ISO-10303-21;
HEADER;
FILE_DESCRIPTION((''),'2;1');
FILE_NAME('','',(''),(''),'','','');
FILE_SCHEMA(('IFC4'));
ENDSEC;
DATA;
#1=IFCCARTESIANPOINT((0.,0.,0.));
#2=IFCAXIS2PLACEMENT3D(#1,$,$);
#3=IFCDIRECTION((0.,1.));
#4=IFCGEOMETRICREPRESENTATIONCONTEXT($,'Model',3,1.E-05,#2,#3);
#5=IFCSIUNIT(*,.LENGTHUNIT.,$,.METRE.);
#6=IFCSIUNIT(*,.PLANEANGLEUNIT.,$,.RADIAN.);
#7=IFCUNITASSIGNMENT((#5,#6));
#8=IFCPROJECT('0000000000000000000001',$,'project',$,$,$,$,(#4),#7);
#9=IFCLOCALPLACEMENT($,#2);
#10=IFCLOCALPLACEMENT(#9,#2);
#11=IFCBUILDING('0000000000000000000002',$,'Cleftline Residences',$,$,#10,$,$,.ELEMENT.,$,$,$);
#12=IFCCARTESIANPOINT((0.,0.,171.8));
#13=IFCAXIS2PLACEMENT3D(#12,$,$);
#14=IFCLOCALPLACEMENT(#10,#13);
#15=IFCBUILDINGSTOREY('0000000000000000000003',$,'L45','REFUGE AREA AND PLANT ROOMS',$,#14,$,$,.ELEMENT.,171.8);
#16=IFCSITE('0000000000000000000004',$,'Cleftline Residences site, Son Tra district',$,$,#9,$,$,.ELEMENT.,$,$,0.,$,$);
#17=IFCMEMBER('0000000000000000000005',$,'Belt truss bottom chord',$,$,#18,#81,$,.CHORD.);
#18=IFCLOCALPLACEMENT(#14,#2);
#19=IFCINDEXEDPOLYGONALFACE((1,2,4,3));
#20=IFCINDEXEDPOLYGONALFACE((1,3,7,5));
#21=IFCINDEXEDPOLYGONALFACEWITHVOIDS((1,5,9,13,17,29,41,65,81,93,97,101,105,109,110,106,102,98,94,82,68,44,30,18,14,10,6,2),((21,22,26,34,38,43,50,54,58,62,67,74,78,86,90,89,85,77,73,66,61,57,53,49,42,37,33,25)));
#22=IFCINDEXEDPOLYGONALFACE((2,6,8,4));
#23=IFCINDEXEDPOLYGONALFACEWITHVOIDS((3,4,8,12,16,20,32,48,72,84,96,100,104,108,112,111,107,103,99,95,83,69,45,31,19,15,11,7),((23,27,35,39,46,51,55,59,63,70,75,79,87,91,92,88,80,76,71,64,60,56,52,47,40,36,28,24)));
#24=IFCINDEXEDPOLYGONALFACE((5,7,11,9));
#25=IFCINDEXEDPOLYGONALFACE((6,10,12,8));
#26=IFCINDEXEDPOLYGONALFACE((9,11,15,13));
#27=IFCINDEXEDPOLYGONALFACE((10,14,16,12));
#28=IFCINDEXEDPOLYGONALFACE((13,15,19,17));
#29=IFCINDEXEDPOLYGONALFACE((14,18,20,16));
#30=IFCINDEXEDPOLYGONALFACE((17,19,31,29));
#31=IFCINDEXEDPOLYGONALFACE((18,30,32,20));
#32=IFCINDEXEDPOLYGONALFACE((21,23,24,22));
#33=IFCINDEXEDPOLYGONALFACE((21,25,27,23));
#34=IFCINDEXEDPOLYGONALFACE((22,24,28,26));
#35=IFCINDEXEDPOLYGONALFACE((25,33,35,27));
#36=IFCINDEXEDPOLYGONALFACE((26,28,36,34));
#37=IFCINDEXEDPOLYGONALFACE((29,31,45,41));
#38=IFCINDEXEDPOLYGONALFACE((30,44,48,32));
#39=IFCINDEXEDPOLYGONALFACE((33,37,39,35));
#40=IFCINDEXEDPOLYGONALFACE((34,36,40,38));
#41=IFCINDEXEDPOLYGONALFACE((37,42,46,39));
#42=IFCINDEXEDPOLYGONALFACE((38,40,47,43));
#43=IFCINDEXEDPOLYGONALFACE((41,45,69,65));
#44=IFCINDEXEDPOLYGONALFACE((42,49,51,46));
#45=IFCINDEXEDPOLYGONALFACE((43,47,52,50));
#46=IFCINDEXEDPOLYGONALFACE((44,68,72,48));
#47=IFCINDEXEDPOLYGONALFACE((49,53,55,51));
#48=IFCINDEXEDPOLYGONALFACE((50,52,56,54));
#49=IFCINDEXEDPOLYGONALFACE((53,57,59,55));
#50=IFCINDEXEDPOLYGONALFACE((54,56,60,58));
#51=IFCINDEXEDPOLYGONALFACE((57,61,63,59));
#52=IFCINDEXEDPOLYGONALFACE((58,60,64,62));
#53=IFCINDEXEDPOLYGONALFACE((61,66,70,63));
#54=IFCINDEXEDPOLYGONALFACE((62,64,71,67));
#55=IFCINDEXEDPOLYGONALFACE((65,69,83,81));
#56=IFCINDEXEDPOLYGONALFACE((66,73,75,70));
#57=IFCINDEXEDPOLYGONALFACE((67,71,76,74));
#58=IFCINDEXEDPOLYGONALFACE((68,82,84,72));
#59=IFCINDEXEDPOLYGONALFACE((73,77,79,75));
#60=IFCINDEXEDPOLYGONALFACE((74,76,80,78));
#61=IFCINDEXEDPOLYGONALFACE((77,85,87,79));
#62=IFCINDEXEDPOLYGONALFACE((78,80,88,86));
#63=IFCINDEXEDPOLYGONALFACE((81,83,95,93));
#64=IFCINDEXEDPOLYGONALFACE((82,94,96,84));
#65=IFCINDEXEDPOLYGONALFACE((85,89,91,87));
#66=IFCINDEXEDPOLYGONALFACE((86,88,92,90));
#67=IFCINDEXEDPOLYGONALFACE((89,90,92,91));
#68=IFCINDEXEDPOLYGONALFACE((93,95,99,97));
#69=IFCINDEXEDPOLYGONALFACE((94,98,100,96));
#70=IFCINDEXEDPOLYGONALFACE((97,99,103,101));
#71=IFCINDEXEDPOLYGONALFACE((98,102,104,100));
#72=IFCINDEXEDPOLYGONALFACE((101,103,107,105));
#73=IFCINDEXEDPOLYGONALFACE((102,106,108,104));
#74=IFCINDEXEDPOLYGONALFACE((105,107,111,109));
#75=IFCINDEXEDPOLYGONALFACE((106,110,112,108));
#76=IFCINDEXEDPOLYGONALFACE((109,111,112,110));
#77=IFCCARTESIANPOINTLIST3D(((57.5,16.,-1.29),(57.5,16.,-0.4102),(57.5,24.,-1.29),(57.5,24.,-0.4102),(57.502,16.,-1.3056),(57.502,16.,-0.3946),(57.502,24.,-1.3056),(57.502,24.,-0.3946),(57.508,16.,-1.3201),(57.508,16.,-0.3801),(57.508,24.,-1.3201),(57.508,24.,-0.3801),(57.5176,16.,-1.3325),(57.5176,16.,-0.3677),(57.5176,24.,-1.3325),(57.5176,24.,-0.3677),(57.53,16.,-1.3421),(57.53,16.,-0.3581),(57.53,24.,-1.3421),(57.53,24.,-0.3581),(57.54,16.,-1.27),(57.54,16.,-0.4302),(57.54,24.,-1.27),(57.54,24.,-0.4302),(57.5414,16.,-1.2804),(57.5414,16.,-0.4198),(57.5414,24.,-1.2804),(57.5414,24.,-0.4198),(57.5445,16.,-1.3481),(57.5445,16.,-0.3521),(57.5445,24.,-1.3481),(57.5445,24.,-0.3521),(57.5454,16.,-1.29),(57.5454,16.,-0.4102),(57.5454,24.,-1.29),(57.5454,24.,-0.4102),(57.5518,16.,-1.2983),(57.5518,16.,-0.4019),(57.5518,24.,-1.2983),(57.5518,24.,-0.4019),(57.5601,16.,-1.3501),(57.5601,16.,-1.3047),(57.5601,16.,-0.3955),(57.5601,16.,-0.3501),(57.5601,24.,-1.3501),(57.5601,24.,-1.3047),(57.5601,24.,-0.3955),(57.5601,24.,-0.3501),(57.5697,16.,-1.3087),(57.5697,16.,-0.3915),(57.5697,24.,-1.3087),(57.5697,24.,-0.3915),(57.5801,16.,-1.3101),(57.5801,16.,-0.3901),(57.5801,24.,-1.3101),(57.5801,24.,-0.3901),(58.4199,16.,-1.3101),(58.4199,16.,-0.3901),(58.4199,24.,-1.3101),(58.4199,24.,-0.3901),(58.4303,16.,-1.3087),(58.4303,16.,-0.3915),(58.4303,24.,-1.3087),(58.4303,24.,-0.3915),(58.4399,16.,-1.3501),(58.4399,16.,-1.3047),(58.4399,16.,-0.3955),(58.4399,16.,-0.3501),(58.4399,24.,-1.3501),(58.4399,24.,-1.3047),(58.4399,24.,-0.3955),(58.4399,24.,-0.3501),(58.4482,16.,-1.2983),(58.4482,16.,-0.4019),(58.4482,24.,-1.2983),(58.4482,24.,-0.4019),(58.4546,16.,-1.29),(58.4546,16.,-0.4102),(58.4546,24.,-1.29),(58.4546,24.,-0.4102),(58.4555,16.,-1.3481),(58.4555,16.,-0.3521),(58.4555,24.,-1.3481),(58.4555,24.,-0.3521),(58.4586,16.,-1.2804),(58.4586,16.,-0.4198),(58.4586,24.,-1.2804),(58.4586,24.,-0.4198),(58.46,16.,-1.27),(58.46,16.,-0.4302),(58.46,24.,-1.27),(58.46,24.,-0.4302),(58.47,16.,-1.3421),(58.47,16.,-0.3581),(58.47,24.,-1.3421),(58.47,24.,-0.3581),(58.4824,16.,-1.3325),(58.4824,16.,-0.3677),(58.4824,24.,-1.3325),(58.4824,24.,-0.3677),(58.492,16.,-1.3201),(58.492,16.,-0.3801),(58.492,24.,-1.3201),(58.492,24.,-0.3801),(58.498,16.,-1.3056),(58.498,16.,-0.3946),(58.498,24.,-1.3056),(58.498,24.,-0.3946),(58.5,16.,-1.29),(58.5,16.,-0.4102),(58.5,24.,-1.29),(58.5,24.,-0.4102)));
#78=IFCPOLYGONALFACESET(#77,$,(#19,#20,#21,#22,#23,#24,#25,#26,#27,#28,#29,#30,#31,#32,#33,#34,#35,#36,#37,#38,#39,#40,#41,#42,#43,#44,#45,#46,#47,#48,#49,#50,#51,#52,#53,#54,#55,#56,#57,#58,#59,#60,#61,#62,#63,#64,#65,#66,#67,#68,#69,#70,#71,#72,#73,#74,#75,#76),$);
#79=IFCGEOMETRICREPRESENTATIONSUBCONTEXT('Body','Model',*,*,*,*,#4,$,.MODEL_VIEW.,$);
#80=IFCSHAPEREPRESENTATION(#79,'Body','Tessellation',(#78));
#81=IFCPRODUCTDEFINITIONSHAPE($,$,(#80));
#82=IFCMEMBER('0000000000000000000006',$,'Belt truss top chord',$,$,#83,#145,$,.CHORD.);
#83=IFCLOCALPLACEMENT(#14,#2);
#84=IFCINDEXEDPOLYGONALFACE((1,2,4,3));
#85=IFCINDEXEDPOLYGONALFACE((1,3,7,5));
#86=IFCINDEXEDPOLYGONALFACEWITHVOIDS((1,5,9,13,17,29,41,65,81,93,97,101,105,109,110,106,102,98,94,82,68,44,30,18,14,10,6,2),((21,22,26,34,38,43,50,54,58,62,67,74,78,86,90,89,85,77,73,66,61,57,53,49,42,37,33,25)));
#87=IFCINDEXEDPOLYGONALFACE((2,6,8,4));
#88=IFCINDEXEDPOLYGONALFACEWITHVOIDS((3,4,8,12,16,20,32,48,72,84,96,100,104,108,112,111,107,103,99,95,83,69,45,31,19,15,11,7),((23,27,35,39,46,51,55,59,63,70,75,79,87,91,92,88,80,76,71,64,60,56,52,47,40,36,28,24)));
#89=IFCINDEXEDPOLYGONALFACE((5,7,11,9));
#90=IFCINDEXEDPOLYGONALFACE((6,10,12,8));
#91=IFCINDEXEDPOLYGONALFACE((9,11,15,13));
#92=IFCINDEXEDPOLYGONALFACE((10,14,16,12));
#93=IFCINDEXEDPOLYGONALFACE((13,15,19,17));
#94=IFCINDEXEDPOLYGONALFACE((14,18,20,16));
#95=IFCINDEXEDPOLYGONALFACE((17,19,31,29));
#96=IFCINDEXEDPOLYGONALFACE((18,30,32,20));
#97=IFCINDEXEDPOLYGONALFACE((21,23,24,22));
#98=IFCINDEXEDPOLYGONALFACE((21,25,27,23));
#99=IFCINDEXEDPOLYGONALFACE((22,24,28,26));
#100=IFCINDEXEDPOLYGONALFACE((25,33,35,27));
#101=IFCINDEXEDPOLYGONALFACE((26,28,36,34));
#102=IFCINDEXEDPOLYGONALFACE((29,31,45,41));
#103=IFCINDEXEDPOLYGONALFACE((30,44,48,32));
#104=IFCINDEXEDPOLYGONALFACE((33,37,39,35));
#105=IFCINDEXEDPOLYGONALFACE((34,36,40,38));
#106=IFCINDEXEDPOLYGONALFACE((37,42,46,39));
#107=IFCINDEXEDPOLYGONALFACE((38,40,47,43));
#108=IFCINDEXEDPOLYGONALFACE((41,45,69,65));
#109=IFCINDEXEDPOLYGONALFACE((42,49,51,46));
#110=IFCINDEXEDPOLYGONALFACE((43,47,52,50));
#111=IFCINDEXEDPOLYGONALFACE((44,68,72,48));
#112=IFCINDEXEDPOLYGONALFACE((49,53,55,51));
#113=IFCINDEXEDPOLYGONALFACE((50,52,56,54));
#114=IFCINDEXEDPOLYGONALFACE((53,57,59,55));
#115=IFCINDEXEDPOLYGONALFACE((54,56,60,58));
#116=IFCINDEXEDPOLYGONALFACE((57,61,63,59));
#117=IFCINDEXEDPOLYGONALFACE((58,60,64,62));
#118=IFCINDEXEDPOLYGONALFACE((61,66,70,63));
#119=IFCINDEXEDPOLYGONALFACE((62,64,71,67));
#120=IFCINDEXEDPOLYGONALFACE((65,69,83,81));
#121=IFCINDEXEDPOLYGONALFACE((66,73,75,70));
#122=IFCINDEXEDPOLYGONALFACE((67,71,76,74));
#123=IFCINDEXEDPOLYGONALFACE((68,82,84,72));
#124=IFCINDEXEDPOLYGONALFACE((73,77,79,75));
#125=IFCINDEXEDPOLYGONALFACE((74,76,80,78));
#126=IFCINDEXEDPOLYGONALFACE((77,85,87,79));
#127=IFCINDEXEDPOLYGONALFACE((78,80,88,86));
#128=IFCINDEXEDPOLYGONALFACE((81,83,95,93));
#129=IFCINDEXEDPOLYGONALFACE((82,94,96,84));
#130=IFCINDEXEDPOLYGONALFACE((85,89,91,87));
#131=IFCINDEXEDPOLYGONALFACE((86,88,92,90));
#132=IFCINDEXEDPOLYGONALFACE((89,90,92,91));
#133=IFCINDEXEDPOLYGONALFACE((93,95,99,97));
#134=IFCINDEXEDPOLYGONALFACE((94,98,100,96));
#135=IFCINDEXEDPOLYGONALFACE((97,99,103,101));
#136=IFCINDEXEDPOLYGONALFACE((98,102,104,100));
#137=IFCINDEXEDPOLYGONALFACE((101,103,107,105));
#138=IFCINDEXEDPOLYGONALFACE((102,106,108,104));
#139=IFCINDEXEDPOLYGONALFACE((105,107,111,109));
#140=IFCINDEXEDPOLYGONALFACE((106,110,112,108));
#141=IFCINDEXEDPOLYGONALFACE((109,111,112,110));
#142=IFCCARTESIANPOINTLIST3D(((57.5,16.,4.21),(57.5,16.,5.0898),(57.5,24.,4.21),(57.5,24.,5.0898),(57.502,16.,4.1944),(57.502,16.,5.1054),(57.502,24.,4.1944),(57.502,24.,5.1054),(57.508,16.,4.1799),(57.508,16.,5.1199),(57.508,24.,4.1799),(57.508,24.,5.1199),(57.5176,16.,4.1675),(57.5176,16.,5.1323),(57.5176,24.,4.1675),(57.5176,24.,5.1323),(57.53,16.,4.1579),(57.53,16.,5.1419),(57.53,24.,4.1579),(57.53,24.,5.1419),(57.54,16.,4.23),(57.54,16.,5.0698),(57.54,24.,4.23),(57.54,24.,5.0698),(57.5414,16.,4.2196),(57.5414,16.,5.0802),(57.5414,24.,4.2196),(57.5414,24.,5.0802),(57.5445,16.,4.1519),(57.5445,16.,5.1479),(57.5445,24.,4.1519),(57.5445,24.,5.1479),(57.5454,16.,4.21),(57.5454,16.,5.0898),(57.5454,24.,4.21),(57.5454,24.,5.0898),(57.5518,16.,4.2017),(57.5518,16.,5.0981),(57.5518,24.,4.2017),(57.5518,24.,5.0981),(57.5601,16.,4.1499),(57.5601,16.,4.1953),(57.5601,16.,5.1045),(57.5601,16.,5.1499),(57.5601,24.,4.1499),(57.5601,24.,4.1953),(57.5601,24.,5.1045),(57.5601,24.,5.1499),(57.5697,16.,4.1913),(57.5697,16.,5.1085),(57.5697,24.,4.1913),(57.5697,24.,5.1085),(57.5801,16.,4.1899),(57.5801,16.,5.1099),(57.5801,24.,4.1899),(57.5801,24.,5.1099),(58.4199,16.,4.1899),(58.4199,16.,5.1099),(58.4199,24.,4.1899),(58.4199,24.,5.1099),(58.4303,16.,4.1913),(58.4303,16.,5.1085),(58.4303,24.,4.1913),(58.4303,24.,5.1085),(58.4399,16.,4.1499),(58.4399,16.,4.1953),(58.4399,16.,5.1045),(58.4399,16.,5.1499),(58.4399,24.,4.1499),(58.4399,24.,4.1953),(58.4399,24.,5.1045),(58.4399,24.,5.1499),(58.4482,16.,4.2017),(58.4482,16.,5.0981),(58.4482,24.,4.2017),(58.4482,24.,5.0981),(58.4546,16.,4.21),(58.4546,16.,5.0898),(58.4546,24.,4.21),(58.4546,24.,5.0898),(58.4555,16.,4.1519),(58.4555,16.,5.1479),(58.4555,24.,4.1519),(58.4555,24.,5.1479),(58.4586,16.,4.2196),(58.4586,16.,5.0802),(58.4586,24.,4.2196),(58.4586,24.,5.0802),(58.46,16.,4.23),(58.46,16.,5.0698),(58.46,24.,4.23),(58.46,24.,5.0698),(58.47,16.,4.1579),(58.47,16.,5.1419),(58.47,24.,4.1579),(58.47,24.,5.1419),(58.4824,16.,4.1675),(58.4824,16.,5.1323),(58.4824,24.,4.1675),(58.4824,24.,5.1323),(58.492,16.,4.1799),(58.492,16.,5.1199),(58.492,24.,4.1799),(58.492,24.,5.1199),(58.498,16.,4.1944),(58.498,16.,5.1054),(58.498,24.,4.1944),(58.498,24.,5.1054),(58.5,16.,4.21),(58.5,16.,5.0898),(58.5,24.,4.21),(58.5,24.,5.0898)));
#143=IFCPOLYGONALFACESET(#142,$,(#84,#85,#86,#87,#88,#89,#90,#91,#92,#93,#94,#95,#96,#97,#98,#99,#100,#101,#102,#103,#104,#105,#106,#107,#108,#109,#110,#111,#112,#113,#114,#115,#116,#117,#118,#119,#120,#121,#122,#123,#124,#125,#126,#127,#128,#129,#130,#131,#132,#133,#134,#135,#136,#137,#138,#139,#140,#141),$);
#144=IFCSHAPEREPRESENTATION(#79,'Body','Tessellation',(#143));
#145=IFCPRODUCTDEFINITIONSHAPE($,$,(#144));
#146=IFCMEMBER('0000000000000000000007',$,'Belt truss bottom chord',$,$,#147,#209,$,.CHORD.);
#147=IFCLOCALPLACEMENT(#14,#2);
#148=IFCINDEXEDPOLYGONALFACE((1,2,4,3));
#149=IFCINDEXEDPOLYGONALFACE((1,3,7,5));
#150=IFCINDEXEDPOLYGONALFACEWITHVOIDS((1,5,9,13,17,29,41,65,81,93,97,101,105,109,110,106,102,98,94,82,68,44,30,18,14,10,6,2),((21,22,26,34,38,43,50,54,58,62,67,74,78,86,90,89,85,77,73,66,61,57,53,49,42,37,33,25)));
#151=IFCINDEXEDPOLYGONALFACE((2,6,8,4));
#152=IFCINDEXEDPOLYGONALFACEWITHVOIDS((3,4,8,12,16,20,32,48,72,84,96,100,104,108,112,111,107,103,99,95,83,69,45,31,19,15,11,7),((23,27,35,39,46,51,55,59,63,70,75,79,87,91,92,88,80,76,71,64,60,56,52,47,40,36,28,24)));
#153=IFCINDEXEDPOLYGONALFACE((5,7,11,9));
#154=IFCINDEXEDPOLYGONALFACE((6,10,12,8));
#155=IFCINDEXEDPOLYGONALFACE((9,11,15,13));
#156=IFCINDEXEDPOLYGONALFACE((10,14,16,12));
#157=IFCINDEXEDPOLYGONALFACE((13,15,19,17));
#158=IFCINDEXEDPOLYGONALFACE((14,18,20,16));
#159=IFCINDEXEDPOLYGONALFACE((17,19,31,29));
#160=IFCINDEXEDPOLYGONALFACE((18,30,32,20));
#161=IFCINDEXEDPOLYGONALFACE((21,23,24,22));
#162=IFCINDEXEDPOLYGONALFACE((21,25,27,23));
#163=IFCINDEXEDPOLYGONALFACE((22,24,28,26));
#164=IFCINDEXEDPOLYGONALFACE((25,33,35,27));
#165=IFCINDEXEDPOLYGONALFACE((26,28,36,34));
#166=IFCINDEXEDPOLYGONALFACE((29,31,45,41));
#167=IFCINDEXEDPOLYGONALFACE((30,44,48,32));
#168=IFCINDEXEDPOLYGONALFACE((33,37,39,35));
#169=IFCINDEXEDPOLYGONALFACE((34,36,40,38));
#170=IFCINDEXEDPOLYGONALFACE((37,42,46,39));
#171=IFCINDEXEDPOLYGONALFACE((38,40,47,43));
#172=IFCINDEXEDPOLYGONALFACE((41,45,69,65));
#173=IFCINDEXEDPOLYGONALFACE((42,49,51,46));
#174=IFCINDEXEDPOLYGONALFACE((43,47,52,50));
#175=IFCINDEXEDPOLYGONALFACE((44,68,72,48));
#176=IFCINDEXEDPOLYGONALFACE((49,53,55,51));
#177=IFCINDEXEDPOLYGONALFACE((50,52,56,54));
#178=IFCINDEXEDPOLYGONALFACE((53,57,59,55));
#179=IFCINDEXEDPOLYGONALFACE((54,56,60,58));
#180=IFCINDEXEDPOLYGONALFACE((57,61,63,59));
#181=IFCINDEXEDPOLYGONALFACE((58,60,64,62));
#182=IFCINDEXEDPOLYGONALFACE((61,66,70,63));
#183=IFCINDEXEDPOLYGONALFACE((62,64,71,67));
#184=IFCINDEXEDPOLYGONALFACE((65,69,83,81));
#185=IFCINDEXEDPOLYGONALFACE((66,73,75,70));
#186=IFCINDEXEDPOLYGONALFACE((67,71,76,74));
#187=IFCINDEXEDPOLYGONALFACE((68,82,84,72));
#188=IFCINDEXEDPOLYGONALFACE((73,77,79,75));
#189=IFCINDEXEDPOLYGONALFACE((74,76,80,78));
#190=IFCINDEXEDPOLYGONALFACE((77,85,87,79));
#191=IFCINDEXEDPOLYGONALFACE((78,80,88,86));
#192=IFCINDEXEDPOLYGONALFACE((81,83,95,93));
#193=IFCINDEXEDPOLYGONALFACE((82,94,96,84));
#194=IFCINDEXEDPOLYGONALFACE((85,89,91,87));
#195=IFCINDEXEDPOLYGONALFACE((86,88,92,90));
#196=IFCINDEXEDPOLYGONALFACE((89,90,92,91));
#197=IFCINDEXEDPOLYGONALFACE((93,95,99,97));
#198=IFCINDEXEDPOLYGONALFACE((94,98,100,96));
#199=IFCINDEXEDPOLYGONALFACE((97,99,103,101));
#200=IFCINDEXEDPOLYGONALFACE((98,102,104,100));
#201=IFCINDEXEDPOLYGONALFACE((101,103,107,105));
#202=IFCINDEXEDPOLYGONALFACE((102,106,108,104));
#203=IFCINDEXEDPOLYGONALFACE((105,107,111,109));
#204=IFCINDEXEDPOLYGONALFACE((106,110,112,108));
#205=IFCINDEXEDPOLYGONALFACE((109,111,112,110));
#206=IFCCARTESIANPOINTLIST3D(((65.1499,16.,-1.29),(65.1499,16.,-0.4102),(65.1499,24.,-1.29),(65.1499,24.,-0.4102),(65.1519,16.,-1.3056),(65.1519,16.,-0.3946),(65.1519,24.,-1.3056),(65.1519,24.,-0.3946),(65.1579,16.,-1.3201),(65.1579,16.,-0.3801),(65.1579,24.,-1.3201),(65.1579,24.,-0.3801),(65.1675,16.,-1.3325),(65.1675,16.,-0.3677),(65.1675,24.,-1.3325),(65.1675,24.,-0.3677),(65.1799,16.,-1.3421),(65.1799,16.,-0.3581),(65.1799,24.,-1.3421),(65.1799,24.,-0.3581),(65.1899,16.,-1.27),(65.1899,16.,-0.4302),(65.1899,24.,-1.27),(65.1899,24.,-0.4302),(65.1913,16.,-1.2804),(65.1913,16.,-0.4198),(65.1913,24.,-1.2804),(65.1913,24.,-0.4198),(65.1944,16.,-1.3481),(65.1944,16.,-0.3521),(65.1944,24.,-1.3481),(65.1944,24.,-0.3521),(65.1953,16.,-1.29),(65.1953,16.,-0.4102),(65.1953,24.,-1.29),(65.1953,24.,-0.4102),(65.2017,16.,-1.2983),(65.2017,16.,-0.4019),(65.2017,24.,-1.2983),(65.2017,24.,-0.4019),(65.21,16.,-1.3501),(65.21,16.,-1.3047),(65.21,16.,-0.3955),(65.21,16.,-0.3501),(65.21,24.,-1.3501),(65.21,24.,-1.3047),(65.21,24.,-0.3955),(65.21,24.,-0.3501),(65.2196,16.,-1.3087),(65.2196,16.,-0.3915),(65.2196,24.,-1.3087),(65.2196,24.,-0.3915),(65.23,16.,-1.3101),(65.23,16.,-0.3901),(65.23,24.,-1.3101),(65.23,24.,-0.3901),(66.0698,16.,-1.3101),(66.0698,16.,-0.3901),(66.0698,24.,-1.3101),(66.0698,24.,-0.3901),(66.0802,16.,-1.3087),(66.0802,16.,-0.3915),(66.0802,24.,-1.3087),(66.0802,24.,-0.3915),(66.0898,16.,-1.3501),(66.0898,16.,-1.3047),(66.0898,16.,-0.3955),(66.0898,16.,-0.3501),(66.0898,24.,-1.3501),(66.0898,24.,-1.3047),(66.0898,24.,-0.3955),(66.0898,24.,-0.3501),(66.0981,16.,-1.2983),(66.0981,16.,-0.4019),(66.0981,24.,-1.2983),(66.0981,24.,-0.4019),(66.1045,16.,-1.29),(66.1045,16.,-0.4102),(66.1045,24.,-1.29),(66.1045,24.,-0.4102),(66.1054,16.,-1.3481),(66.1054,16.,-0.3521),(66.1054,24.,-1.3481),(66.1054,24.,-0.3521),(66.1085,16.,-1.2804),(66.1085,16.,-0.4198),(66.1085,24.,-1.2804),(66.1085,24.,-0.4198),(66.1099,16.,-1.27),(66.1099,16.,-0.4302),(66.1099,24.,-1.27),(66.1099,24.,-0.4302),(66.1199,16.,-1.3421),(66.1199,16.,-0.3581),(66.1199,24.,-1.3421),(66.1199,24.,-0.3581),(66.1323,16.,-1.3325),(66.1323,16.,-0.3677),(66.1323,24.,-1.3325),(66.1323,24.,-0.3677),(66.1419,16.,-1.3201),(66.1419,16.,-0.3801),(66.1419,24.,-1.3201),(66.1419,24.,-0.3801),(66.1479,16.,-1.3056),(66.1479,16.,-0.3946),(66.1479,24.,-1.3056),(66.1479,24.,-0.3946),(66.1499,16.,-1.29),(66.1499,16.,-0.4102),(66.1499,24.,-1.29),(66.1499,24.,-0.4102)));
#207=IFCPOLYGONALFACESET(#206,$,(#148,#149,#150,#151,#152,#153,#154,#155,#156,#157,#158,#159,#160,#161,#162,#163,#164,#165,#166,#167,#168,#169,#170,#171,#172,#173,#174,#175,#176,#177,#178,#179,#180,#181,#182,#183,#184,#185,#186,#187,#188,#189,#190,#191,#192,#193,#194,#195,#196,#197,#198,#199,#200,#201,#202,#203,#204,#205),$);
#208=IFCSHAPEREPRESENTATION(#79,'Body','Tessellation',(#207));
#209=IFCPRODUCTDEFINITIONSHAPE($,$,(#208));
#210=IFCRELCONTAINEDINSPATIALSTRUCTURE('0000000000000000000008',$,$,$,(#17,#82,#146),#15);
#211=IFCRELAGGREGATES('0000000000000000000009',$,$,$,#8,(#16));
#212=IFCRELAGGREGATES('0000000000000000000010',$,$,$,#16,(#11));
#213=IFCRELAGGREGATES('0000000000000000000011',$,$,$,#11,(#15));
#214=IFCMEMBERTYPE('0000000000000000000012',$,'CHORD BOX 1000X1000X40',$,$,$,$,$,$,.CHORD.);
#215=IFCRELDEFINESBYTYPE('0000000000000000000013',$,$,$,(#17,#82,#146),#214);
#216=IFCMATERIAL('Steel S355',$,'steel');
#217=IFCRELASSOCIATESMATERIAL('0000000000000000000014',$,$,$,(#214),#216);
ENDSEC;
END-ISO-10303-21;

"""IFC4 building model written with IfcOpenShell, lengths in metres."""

from ifc_helpers import new_model, si_unit, direction, frame, origin, origin_2d, place, context, subcontext, project, spatial, hollow_rectangle, extrude, material, material_profile, profile_set, type_object, element, save


model = new_model("IFC4")

# Units and contexts
model_context = context("Model", 3, precision=1e-05, world=origin(), true_north=direction((0.0, 1.0)))
body_context = subcontext(model_context, "Body", "Model", "MODEL_VIEW")
ifc_project = project(units=[si_unit("LENGTHUNIT", "METRE"), si_unit("PLANEANGLEUNIT", "RADIAN")], contexts=[model_context])

# Site, building, storey
site_placement = place(None, origin())
site = spatial("IfcSite", under=ifc_project, at=site_placement, Name="Cleftline Residences site, Son Tra district", CompositionType="ELEMENT", RefElevation=0.0)
building_placement = place(site_placement, origin())
building = spatial("IfcBuilding", under=site, at=building_placement, Name="Cleftline Residences", CompositionType="ELEMENT")
storey_placement = place(building_placement, frame((0.0, 0.0, 171.8)))
storey = spatial("IfcBuildingStorey", under=building, at=storey_placement, Name="L45", Description="REFUGE AREA AND PLANT ROOMS", CompositionType="ELEMENT", Elevation=171.8)

# Members
ifc_material_1 = material(Name="Steel S355", Category="steel")
ifc_material_profile_1 = material_profile(ifc_material_1, hollow_rectangle(XDim=1.0, YDim=1.0, WallThickness=0.04, InnerFilletRadius=0.04, OuterFilletRadius=0.0601, at=origin_2d()))
ifc_profile_set_1 = profile_set([ifc_material_profile_1], Name="Steel S355")
member_type_1 = type_object("IfcMemberType", Name="CHORD BOX 1000X1000X40", PredefinedType="CHORD", material=ifc_profile_set_1)
for number, where, z_axis, x_axis, name in (
    (1, (58.0, 16.0, -0.8501), (0.0, 1.0, 0.0), (-1.0, 0.0, 0.0), "Belt truss bottom chord"),
    (2, (58.0, 16.0, 4.6499), (0.0, 1.0, 0.0), (-1.0, 0.0, 0.0), "Belt truss top chord"),
    (3, (65.6499, 16.0, -0.8501), (0.0, 1.0, 0.0), (-1.0, 0.0, 0.0), "Belt truss bottom chord"),
):
    element("IfcMember", number, at=place(storey_placement, frame(where, z_axis=z_axis, x_axis=x_axis)), inside=storey, type_object=member_type_1, Name=name, PredefinedType="CHORD", context=body_context, shape_type="SweptSolid", body=[
        extrude(hollow_rectangle(XDim=1.0, YDim=1.0, WallThickness=0.04, InnerFilletRadius=0.04, OuterFilletRadius=0.0601, at=origin_2d()), origin(), (0.0, 0.0, 1.0), 8.0),
    ])

save(model, "model.ifc")
